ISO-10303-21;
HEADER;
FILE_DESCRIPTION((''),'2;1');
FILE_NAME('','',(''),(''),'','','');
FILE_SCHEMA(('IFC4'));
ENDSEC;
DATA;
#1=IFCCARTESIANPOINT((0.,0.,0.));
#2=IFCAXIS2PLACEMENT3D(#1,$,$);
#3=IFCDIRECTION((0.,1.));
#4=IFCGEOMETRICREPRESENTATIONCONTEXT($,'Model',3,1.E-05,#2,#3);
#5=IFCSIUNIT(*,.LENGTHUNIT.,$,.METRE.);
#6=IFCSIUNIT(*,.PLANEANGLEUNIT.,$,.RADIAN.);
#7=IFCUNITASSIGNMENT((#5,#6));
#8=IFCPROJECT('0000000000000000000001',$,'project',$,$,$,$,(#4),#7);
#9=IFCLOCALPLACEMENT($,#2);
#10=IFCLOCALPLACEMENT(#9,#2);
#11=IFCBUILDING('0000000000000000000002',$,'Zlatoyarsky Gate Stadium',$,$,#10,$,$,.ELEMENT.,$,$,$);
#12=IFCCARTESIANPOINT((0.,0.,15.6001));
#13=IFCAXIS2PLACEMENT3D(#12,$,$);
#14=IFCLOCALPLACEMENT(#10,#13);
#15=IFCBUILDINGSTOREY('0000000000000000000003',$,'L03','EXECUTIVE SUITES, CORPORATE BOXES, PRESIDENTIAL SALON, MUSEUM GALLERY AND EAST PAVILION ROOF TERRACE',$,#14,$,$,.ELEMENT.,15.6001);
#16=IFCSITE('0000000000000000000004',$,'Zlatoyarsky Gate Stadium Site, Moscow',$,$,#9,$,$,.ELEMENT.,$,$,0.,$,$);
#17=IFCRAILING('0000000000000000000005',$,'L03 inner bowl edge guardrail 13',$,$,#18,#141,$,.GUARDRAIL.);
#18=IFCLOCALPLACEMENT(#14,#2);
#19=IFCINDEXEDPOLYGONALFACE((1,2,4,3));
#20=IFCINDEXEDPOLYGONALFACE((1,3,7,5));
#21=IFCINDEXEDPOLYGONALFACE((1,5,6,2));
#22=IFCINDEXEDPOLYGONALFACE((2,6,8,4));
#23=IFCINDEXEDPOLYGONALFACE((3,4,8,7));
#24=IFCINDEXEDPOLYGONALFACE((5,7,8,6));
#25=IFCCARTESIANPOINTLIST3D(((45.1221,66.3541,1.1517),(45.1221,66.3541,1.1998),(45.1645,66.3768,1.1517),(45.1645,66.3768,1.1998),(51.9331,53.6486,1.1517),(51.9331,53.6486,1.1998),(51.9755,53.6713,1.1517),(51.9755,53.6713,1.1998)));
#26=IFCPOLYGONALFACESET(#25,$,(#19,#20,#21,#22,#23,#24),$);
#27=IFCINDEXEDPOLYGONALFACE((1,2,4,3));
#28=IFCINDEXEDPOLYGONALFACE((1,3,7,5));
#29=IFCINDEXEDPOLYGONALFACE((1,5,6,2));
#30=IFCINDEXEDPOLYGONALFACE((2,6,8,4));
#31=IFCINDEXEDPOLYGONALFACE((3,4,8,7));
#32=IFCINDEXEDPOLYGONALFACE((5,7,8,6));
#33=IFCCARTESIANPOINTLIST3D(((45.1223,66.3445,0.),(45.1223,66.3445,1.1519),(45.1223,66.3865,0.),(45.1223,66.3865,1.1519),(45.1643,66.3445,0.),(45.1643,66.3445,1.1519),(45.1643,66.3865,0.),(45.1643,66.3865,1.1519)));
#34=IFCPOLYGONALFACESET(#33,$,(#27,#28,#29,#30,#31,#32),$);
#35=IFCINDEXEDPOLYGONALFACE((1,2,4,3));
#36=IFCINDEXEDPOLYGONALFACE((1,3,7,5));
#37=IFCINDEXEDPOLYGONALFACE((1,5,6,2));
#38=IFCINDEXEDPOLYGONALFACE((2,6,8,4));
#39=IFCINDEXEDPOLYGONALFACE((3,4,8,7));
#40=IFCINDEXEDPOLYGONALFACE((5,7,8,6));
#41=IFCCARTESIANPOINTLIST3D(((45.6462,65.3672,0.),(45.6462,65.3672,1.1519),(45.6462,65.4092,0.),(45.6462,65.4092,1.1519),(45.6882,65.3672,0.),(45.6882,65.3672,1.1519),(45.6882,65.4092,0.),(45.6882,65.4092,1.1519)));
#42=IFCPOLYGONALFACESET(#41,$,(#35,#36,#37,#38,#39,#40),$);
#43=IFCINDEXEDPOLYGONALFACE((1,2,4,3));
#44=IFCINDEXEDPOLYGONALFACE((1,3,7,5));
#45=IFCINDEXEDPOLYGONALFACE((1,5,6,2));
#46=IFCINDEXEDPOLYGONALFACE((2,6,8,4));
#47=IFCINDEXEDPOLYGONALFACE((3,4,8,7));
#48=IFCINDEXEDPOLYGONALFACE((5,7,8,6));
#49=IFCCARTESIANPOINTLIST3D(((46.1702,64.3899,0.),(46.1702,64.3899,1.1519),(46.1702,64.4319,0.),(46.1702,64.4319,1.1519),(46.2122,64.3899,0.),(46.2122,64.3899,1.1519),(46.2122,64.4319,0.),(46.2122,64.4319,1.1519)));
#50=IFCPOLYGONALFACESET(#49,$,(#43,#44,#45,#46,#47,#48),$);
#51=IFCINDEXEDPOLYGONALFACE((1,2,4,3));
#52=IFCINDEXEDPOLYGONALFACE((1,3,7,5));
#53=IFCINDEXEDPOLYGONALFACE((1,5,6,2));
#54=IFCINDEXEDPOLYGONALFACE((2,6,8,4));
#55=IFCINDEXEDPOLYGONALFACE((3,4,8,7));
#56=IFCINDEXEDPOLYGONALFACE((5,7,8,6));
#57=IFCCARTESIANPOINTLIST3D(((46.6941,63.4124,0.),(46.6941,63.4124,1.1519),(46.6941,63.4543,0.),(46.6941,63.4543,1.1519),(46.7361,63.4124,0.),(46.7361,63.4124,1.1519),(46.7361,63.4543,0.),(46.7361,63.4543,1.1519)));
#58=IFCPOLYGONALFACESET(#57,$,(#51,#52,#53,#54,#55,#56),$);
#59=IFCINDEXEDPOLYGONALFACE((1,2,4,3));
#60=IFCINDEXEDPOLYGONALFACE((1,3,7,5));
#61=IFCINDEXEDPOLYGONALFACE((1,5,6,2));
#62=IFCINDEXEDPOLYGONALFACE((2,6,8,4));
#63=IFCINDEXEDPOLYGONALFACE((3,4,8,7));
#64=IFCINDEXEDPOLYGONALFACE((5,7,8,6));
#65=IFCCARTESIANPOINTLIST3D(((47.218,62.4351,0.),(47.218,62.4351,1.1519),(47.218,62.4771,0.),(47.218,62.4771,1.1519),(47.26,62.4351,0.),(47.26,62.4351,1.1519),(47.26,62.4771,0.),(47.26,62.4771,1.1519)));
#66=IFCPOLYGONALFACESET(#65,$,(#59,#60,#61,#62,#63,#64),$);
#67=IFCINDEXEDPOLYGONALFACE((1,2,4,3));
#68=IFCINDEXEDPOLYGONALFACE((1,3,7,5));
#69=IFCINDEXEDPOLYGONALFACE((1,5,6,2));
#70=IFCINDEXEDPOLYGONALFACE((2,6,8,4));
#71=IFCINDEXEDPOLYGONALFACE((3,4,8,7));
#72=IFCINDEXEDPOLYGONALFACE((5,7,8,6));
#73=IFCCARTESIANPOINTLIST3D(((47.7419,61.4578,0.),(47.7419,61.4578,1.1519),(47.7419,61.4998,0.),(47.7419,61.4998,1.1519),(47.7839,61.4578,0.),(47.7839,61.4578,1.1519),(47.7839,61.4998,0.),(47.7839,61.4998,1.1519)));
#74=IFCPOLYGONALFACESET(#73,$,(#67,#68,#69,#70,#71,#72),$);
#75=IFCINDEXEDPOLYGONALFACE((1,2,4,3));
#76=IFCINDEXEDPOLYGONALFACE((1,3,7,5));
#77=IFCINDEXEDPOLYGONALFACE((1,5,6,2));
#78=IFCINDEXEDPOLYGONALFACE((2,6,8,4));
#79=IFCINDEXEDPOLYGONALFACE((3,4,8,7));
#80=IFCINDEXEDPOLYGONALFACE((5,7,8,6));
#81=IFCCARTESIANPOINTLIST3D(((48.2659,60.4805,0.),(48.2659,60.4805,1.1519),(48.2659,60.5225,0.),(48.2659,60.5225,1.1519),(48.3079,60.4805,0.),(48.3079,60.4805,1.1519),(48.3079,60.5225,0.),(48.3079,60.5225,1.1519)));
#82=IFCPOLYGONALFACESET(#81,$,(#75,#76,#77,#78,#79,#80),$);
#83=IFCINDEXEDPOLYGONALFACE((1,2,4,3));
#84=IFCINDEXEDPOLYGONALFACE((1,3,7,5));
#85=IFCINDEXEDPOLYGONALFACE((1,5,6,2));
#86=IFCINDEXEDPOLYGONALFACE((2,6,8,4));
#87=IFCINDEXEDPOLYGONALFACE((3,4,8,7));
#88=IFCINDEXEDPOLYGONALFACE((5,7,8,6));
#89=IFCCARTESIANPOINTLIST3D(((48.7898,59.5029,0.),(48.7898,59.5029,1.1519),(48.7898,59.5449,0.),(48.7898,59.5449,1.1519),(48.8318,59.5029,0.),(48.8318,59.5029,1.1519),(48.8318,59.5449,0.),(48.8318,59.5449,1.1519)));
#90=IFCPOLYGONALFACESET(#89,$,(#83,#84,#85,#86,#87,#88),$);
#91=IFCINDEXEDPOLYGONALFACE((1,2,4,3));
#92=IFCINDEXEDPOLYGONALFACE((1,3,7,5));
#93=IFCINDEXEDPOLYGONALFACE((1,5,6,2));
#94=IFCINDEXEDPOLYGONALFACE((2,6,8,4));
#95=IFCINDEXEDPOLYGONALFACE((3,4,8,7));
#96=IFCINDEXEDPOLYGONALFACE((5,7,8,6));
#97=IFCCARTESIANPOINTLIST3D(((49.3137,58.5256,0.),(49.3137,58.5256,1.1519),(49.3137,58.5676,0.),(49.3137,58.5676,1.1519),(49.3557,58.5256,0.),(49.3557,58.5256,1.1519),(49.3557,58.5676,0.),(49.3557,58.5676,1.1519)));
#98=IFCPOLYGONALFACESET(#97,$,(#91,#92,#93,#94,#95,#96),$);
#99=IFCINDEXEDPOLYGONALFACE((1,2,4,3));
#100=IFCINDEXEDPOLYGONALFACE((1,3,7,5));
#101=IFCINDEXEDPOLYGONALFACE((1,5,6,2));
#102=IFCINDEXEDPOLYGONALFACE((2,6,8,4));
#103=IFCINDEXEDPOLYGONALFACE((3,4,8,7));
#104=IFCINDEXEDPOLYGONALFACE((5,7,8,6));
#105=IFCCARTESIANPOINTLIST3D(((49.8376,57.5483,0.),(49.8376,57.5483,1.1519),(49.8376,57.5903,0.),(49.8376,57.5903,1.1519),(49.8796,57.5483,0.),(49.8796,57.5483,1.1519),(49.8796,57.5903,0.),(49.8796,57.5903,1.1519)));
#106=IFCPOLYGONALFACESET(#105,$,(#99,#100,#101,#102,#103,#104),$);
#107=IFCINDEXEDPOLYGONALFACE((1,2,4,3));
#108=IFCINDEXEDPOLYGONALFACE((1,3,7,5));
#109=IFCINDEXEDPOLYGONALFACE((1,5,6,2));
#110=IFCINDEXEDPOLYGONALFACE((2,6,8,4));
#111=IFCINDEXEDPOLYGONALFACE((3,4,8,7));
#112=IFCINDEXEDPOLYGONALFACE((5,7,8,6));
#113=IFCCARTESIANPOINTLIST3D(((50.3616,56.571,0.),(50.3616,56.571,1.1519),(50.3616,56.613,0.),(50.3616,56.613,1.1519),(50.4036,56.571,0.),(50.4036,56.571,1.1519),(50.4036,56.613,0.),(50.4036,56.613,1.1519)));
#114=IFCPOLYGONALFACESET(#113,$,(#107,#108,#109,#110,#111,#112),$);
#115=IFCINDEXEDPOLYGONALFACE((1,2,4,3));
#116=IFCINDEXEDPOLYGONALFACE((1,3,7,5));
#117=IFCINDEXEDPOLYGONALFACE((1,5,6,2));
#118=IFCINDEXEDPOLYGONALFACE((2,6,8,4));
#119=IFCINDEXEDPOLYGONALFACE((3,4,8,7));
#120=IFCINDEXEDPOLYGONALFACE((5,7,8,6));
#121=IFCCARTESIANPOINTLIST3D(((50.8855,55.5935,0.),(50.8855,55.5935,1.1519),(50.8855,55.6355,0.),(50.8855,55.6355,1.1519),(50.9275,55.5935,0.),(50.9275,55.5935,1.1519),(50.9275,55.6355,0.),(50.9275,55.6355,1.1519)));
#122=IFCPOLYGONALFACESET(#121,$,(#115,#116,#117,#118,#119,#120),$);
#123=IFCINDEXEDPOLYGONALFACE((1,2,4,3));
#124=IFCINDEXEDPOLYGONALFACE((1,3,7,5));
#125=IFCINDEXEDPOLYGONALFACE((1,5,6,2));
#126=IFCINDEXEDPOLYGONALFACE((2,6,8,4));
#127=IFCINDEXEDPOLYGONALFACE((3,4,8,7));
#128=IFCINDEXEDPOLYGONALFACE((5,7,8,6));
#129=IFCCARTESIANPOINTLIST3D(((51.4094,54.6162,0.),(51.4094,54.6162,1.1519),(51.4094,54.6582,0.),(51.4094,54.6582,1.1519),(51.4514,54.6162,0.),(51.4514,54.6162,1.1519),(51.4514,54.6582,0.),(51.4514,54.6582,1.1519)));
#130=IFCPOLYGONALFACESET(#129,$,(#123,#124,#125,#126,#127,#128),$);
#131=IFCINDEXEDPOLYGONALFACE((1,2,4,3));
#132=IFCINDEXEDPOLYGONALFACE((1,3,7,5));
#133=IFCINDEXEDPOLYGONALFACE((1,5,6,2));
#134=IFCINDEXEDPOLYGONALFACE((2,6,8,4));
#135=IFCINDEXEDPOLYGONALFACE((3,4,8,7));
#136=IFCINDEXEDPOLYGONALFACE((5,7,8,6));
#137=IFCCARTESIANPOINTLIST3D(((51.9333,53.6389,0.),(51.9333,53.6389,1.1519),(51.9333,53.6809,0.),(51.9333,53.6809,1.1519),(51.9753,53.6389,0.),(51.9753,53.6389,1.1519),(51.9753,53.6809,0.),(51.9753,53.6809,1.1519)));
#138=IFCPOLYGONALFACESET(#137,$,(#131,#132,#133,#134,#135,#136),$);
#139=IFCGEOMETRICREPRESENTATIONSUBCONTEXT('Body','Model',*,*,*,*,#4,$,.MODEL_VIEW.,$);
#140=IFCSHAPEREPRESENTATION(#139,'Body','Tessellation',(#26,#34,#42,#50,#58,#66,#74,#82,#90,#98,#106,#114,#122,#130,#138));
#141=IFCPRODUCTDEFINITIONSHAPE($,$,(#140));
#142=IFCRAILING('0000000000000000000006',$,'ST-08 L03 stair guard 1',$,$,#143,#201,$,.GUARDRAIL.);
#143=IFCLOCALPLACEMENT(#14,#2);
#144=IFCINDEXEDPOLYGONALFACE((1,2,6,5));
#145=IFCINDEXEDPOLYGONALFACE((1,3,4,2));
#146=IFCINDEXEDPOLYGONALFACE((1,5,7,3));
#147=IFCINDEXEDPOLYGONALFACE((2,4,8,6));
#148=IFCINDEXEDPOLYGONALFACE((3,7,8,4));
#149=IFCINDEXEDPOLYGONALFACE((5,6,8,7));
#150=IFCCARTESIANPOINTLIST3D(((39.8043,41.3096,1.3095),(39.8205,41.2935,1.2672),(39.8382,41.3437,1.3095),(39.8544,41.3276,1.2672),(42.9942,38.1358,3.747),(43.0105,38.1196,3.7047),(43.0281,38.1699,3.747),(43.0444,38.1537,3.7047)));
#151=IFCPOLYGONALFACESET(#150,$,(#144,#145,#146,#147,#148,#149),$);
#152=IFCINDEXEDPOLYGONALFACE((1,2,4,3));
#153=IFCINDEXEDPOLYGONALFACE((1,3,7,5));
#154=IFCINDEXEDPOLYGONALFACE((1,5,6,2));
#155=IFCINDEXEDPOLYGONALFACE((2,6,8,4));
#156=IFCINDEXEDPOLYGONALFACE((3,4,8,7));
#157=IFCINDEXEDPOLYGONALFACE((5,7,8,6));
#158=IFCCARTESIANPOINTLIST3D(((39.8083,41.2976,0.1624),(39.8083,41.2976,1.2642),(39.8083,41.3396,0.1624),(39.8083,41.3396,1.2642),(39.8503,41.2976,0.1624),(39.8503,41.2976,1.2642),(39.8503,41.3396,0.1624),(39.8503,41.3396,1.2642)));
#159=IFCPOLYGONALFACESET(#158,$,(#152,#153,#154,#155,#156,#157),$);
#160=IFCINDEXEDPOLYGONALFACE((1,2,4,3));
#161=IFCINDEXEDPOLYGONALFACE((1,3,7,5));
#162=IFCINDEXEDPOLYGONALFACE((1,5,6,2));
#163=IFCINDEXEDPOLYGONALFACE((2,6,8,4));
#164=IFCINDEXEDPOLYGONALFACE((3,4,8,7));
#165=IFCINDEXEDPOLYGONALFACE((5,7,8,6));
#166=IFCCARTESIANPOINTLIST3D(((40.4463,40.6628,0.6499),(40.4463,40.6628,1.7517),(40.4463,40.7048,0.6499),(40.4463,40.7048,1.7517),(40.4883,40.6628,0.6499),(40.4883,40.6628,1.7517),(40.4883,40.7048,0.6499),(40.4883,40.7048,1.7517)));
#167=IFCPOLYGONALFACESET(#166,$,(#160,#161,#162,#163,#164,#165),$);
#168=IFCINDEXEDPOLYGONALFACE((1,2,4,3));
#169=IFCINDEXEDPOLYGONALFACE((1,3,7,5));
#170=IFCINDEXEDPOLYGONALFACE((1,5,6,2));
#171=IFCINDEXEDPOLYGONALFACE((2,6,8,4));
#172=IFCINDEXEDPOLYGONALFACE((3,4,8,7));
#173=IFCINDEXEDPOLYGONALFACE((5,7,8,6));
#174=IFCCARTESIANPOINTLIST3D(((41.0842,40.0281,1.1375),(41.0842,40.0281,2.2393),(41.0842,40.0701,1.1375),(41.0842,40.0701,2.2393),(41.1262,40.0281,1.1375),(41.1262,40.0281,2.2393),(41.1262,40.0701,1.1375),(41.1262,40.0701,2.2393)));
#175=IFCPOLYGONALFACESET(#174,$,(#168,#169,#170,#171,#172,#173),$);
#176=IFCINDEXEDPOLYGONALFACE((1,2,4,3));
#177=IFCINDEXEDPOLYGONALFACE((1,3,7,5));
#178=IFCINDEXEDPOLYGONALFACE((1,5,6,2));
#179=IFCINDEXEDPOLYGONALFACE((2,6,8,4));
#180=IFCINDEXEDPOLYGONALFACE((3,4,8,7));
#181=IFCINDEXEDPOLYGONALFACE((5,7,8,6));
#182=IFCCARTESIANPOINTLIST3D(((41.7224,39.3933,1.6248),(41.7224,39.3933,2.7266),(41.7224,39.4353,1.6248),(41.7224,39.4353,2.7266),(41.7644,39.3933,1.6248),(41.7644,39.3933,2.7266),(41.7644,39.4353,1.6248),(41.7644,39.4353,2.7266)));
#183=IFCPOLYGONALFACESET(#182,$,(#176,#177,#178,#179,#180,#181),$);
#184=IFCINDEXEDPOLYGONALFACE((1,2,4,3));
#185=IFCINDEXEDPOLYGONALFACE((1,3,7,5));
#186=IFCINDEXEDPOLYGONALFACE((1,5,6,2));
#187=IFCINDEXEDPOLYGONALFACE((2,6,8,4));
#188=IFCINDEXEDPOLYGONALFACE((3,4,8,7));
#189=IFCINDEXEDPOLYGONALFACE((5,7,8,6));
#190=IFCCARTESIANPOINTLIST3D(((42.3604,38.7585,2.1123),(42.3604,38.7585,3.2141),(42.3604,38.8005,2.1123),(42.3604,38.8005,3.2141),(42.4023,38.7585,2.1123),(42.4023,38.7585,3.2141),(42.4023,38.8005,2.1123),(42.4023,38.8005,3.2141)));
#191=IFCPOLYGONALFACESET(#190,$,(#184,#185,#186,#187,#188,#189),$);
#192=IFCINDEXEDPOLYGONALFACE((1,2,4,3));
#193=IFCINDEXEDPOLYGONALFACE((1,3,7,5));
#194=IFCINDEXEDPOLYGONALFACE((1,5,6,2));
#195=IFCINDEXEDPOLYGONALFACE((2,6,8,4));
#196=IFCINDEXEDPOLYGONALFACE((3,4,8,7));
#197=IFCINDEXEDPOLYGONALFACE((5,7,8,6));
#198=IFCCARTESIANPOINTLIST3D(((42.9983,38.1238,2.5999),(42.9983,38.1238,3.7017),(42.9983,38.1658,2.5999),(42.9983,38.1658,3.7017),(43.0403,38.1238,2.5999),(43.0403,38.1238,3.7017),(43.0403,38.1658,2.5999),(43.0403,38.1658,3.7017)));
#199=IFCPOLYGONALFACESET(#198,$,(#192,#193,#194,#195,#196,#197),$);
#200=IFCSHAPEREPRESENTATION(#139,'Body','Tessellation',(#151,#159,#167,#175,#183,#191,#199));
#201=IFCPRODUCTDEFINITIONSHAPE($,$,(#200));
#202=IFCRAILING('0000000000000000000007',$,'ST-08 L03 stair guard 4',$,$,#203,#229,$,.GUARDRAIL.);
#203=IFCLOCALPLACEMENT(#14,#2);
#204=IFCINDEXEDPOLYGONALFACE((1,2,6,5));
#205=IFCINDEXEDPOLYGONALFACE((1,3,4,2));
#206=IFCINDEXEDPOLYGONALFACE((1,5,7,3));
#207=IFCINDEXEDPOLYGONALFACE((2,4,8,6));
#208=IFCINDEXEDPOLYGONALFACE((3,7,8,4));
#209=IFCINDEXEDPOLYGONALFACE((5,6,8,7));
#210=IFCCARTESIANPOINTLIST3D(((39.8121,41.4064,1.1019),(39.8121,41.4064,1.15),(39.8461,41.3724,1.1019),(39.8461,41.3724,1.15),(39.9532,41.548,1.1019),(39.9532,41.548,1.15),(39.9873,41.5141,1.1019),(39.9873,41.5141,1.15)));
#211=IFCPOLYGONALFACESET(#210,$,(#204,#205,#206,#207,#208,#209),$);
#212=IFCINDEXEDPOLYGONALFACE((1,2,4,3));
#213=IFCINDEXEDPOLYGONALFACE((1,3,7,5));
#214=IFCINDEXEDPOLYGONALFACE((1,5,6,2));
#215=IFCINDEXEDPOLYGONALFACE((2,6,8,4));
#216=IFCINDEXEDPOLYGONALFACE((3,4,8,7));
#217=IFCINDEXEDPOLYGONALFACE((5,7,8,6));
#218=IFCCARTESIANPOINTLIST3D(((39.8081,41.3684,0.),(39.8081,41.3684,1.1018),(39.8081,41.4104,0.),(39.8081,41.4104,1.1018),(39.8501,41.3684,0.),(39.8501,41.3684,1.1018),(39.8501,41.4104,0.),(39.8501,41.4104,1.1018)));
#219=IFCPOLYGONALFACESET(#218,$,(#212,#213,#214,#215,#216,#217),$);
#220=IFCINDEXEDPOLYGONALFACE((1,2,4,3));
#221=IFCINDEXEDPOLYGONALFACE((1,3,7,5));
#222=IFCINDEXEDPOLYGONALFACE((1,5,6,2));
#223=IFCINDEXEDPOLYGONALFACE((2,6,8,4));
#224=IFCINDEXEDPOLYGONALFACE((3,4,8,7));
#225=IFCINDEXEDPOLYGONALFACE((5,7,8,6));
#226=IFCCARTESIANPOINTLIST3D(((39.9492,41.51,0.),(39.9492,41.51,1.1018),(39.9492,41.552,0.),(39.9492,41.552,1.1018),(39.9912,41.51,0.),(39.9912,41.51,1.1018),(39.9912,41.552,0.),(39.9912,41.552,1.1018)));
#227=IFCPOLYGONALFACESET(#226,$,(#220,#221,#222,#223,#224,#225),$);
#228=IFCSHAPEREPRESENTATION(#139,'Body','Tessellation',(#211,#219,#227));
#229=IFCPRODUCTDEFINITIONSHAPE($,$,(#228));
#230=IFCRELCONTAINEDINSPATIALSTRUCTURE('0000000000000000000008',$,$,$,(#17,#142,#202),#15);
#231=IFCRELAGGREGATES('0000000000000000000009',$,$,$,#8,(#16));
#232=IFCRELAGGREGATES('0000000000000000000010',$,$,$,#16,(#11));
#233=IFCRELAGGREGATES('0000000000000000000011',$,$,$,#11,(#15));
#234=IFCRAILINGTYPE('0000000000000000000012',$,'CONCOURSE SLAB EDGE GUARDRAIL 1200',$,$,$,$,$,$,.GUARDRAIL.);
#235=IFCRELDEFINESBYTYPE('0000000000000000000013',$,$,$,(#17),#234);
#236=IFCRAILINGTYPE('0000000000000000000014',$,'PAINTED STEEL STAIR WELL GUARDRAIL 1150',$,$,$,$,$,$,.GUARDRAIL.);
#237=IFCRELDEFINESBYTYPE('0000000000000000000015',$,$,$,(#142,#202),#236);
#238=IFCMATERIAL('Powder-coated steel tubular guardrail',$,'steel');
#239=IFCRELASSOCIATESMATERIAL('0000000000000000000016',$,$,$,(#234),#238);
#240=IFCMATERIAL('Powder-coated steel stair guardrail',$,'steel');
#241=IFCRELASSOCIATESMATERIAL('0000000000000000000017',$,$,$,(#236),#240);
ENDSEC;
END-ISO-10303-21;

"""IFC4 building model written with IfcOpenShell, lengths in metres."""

from ifc_helpers import new_model, si_unit, direction, frame, origin, origin_2d, place, context, subcontext, project, spatial, rectangle, extrude, material, type_object, element, save


model = new_model("IFC4")

# Units and contexts
model_context = context("Model", 3, precision=1e-05, world=origin(), true_north=direction((0.0, 1.0)))
body_context = subcontext(model_context, "Body", "Model", "MODEL_VIEW")
ifc_project = project(units=[si_unit("LENGTHUNIT", "METRE"), si_unit("PLANEANGLEUNIT", "RADIAN")], contexts=[model_context])

# Site, building, storey
site_placement = place(None, origin())
site = spatial("IfcSite", under=ifc_project, at=site_placement, Name="Zlatoyarsky Gate Stadium Site, Moscow", CompositionType="ELEMENT", RefElevation=0.0)
building_placement = place(site_placement, origin())
building = spatial("IfcBuilding", under=site, at=building_placement, Name="Zlatoyarsky Gate Stadium", CompositionType="ELEMENT")
storey_placement = place(building_placement, frame((0.0, 0.0, 15.6001)))
storey = spatial("IfcBuildingStorey", under=building, at=storey_placement, Name="L03", Description="EXECUTIVE SUITES, CORPORATE BOXES, PRESIDENTIAL SALON, MUSEUM GALLERY AND EAST PAVILION ROOF TERRACE", CompositionType="ELEMENT", Elevation=15.6001)

# Railings
ifc_material_1 = material(Name="Powder-coated steel tubular guardrail", Category="steel")
railing_type_1 = type_object("IfcRailingType", Name="CONCOURSE SLAB EDGE GUARDRAIL 1200", PredefinedType="GUARDRAIL", material=ifc_material_1)
railing_1_placement = place(storey_placement, frame((45.1433, 66.3655, 0.0)))
element("IfcRailing", 1, at=railing_1_placement, inside=storey, type_object=railing_type_1, Name="L03 inner bowl edge guardrail 13", PredefinedType="GUARDRAIL", context=body_context, shape_type="SweptSolid", body=[
    extrude(rectangle(XDim=0.0481, YDim=0.0481, at=origin_2d()), frame((0.0, 0.0, 1.1758), z_axis=(0.472463, -0.881351, 0.0), x_axis=(0.881351, 0.472463, 0.0)), (0.0, 0.0, 1.0), 14.416),
    extrude(rectangle(XDim=0.042, YDim=0.042, at=origin_2d()), origin(), (0.0, 0.0, 1.0), 1.1519),
    extrude(rectangle(XDim=0.042, YDim=0.042, at=origin_2d()), frame((0.5239, -0.9773, 0.0)), (0.0, 0.0, 1.0), 1.1519),
    extrude(rectangle(XDim=0.042, YDim=0.042, at=origin_2d()), frame((1.0479, -1.9546, 0.0)), (0.0, 0.0, 1.0), 1.1519),
    extrude(rectangle(XDim=0.042, YDim=0.042, at=origin_2d()), frame((1.5718, -2.9321, 0.0)), (0.0, 0.0, 1.0), 1.1519),
    extrude(rectangle(XDim=0.042, YDim=0.042, at=origin_2d()), frame((2.0957, -3.9094, 0.0)), (0.0, 0.0, 1.0), 1.1519),
    extrude(rectangle(XDim=0.042, YDim=0.042, at=origin_2d()), frame((2.6196, -4.8867, 0.0)), (0.0, 0.0, 1.0), 1.1519),
    extrude(rectangle(XDim=0.042, YDim=0.042, at=origin_2d()), frame((3.1436, -5.864, 0.0)), (0.0, 0.0, 1.0), 1.1519),
    extrude(rectangle(XDim=0.042, YDim=0.042, at=origin_2d()), frame((3.6675, -6.8416, 0.0)), (0.0, 0.0, 1.0), 1.1519),
    extrude(rectangle(XDim=0.042, YDim=0.042, at=origin_2d()), frame((4.1914, -7.8188, 0.0)), (0.0, 0.0, 1.0), 1.1519),
    extrude(rectangle(XDim=0.042, YDim=0.042, at=origin_2d()), frame((4.7153, -8.7961, 0.0)), (0.0, 0.0, 1.0), 1.1519),
    extrude(rectangle(XDim=0.042, YDim=0.042, at=origin_2d()), frame((5.2393, -9.7734, 0.0)), (0.0, 0.0, 1.0), 1.1519),
    extrude(rectangle(XDim=0.042, YDim=0.042, at=origin_2d()), frame((5.7632, -10.751, 0.0)), (0.0, 0.0, 1.0), 1.1519),
    extrude(rectangle(XDim=0.042, YDim=0.042, at=origin_2d()), frame((6.2871, -11.7283, 0.0)), (0.0, 0.0, 1.0), 1.1519),
    extrude(rectangle(XDim=0.042, YDim=0.042, at=origin_2d()), frame((6.811, -12.7056, 0.0)), (0.0, 0.0, 1.0), 1.1519),
])
ifc_material_2 = material(Name="Powder-coated steel stair guardrail", Category="steel")
railing_type_2 = type_object("IfcRailingType", Name="PAINTED STEEL STAIR WELL GUARDRAIL 1150", PredefinedType="GUARDRAIL", material=ifc_material_2)
railing_2_placement = place(storey_placement, frame((39.8293, 41.3186, 0.1624)))
element("IfcRailing", 2, at=railing_2_placement, inside=storey, type_object=railing_type_2, Name="ST-08 L03 stair guard 1", PredefinedType="GUARDRAIL", context=body_context, shape_type="SweptSolid", body=[
    extrude(rectangle(XDim=0.0481, YDim=0.0481, at=origin_2d()), frame((0.0, 0.0, 1.126), z_axis=(0.623322, -0.620173, 0.476293), x_axis=(0.705314, 0.708895, 0.0)), (0.0, 0.0, 1.0), 5.1177),
    extrude(rectangle(XDim=0.042, YDim=0.042, at=origin_2d()), origin(), (0.0, 0.0, 1.0), 1.1018),
    extrude(rectangle(XDim=0.042, YDim=0.042, at=origin_2d()), frame((0.6379, -0.6348, 0.4875)), (0.0, 0.0, 1.0), 1.1018),
    extrude(rectangle(XDim=0.042, YDim=0.042, at=origin_2d()), frame((1.2759, -1.2695, 0.9751)), (0.0, 0.0, 1.0), 1.1018),
    extrude(rectangle(XDim=0.042, YDim=0.042, at=origin_2d()), frame((1.9141, -1.9043, 1.4624)), (0.0, 0.0, 1.0), 1.1018),
    extrude(rectangle(XDim=0.042, YDim=0.042, at=origin_2d()), frame((2.552, -2.5391, 1.95)), (0.0, 0.0, 1.0), 1.1018),
    extrude(rectangle(XDim=0.042, YDim=0.042, at=origin_2d()), frame((3.1899, -3.1738, 2.4375)), (0.0, 0.0, 1.0), 1.1018),
])
railing_3_placement = place(storey_placement, frame((39.8291, 41.3894, 0.0)))
element("IfcRailing", 3, at=railing_3_placement, inside=storey, type_object=railing_type_2, Name="ST-08 L03 stair guard 4", PredefinedType="GUARDRAIL", context=body_context, shape_type="SweptSolid", body=[
    extrude(rectangle(XDim=0.0481, YDim=0.0481, at=origin_2d()), frame((0.0, 0.0, 1.126), z_axis=(0.705884, 0.708327, 0.0), x_axis=(-0.708327, 0.705884, 0.0)), (0.0, 0.0, 1.0), 0.2),
    extrude(rectangle(XDim=0.042, YDim=0.042, at=origin_2d()), origin(), (0.0, 0.0, 1.0), 1.1018),
    extrude(rectangle(XDim=0.042, YDim=0.042, at=origin_2d()), frame((0.1411, 0.1416, 0.0)), (0.0, 0.0, 1.0), 1.1018),
])

save(model, "model.ifc")
